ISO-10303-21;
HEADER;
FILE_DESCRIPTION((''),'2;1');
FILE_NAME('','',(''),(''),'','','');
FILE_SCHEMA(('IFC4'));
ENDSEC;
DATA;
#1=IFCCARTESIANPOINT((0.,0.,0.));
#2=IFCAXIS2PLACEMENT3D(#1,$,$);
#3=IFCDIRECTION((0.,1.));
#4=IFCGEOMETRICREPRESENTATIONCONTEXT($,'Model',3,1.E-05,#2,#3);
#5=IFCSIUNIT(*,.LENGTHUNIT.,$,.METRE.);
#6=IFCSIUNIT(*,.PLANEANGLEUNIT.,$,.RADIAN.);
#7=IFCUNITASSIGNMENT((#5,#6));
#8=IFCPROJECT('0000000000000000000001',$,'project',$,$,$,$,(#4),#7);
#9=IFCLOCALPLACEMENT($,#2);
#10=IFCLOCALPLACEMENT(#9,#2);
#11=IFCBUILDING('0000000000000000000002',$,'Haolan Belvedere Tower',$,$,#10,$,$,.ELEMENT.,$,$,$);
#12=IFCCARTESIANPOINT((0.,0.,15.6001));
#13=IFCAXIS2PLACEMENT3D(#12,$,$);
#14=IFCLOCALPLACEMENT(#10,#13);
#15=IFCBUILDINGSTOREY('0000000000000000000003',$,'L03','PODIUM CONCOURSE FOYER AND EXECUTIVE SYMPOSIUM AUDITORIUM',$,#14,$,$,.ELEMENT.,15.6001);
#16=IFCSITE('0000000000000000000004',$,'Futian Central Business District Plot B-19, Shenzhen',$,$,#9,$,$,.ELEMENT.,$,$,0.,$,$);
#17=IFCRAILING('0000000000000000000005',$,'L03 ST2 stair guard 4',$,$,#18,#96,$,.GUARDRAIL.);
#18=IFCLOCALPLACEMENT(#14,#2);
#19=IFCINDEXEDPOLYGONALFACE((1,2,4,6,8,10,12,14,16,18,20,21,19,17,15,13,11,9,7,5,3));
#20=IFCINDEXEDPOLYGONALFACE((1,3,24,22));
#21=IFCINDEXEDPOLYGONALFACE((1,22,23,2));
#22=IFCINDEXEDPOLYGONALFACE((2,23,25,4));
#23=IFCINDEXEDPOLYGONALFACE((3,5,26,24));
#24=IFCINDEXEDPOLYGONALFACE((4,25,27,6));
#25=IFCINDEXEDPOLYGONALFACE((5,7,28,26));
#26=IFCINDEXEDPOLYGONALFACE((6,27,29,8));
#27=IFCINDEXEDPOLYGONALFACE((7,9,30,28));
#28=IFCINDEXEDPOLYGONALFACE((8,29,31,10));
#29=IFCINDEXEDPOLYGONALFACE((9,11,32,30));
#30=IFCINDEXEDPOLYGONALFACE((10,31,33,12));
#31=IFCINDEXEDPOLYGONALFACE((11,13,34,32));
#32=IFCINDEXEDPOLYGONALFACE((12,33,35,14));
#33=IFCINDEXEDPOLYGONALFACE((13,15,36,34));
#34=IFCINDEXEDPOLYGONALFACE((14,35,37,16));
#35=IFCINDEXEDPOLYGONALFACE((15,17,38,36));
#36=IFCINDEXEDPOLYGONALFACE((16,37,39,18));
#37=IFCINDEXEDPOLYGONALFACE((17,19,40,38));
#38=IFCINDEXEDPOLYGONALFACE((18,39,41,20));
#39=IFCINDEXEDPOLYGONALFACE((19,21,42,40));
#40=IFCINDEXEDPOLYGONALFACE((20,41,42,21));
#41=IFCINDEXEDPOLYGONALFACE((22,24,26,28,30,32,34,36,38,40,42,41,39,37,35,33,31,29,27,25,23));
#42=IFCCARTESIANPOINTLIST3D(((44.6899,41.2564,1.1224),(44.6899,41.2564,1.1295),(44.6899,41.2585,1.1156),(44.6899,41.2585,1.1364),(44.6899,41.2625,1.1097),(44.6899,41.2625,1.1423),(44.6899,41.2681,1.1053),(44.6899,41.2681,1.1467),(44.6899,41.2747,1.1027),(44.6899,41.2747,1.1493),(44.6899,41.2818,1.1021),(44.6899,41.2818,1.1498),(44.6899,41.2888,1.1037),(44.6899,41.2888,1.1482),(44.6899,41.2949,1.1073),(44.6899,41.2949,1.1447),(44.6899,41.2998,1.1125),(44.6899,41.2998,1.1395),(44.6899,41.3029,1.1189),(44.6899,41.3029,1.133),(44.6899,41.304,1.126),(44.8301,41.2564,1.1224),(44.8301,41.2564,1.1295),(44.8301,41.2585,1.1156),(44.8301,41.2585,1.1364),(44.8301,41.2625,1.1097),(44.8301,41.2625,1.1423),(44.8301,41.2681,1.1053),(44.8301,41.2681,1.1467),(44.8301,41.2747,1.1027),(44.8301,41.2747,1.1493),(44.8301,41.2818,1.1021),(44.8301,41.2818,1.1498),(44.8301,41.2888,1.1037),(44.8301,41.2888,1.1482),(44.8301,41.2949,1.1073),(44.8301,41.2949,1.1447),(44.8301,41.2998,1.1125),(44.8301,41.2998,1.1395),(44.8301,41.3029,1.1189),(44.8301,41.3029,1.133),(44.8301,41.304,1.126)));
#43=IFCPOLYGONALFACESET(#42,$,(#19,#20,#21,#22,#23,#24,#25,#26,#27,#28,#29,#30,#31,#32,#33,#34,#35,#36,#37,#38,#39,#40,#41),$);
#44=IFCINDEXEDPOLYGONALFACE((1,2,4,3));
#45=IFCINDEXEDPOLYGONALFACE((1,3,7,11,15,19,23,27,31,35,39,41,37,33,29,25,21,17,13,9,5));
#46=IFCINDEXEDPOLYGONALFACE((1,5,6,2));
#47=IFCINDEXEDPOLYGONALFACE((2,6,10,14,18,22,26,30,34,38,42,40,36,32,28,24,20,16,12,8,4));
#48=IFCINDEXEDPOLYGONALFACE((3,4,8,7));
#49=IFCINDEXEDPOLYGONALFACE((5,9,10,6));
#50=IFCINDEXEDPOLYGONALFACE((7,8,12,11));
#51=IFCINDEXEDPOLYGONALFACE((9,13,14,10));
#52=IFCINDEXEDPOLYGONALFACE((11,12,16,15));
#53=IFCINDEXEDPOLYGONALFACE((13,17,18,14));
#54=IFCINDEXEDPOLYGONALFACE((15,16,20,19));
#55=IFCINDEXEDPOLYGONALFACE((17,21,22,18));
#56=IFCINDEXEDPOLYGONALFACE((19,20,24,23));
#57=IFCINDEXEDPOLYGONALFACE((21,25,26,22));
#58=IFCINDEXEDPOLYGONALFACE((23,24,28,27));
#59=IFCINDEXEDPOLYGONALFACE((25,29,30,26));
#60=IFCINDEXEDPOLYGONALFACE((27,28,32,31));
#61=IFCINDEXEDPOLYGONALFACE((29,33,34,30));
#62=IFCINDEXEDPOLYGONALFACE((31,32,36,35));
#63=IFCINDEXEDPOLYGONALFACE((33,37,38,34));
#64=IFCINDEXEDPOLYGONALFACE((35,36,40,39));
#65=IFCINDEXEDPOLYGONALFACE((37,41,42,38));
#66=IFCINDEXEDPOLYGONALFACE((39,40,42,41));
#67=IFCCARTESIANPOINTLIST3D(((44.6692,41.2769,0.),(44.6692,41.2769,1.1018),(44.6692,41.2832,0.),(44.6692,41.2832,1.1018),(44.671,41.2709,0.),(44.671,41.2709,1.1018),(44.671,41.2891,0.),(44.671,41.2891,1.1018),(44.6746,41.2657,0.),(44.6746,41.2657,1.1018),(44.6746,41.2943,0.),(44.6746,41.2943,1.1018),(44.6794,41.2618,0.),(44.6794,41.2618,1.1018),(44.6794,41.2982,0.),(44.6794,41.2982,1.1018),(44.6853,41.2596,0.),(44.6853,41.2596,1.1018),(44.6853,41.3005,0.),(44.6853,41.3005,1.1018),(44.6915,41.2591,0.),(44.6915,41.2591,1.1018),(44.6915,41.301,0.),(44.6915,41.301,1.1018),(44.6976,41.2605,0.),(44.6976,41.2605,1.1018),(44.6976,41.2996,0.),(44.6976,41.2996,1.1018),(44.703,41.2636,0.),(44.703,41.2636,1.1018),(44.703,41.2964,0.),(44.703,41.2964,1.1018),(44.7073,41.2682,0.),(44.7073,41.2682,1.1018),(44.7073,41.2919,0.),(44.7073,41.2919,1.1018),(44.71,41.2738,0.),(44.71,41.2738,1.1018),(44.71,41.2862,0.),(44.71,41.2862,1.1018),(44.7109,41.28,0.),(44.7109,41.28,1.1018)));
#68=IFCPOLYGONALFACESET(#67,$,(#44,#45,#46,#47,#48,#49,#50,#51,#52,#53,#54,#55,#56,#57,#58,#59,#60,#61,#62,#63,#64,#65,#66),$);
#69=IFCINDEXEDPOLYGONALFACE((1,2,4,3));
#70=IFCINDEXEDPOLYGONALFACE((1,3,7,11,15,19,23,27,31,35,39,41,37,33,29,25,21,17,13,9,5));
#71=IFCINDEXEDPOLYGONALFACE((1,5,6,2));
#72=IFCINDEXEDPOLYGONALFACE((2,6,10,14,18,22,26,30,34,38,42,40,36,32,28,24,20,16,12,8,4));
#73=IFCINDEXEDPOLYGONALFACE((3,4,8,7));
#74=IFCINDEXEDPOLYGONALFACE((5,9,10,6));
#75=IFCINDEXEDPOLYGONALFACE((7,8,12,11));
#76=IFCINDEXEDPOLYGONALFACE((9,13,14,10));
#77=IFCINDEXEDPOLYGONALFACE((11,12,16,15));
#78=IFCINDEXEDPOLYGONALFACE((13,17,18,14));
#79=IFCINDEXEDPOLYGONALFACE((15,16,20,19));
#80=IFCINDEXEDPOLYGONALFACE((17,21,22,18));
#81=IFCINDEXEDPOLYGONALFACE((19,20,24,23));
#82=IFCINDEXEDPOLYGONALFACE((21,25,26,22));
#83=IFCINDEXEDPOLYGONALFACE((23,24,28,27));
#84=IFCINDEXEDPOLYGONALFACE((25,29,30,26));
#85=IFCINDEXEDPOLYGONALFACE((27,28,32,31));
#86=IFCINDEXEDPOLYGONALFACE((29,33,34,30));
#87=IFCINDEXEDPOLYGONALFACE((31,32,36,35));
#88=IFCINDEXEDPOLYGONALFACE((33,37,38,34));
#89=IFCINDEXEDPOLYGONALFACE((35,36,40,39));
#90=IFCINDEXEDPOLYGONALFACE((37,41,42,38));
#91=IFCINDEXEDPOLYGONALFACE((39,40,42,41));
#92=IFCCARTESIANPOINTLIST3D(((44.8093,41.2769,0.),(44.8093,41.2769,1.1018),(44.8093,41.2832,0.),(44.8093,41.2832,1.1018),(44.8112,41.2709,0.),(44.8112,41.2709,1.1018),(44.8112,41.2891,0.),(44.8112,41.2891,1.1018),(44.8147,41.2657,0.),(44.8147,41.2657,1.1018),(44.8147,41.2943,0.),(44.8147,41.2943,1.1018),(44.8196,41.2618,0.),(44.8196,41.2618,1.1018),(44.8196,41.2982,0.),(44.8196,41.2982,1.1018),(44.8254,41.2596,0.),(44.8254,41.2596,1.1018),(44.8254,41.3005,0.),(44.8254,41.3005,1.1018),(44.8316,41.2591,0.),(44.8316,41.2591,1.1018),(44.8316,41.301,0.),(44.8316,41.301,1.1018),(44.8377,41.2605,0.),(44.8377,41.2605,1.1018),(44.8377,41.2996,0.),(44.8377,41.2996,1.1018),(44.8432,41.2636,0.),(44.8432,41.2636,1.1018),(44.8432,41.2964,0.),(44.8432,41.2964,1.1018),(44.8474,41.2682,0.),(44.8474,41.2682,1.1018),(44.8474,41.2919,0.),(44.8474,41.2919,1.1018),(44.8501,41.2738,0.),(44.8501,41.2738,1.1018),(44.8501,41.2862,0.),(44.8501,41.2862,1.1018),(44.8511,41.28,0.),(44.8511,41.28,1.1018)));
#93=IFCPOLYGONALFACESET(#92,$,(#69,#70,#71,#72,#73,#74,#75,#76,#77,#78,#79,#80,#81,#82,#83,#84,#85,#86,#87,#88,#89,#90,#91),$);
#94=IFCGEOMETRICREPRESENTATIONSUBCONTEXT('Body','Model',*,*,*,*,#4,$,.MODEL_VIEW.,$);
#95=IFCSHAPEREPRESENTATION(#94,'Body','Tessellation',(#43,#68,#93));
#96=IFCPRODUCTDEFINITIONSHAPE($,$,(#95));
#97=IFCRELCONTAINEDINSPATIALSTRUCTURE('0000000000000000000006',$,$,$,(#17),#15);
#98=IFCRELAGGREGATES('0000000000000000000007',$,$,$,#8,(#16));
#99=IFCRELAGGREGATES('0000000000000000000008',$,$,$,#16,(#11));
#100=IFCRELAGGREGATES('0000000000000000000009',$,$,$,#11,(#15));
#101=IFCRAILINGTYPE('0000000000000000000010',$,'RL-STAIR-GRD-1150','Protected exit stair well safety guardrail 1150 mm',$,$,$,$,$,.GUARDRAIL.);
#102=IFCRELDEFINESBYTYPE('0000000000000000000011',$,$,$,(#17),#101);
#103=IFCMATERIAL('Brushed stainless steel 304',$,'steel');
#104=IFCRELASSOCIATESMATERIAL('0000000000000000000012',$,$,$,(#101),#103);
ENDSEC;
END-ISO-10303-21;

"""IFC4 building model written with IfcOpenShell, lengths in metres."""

from ifc_helpers import new_model, si_unit, direction, frame, origin, origin_2d, place, context, subcontext, project, spatial, circle, extrude, material, type_object, element, save


model = new_model("IFC4")

# Units and contexts
model_context = context("Model", 3, precision=1e-05, world=origin(), true_north=direction((0.0, 1.0)))
body_context = subcontext(model_context, "Body", "Model", "MODEL_VIEW")
ifc_project = project(units=[si_unit("LENGTHUNIT", "METRE"), si_unit("PLANEANGLEUNIT", "RADIAN")], contexts=[model_context])

# Site, building, storey
site_placement = place(None, origin())
site = spatial("IfcSite", under=ifc_project, at=site_placement, Name="Futian Central Business District Plot B-19, Shenzhen", CompositionType="ELEMENT", RefElevation=0.0)
building_placement = place(site_placement, origin())
building = spatial("IfcBuilding", under=site, at=building_placement, Name="Haolan Belvedere Tower", CompositionType="ELEMENT")
storey_placement = place(building_placement, frame((0.0, 0.0, 15.6001)))
storey = spatial("IfcBuildingStorey", under=building, at=storey_placement, Name="L03", Description="PODIUM CONCOURSE FOYER AND EXECUTIVE SYMPOSIUM AUDITORIUM", CompositionType="ELEMENT", Elevation=15.6001)

# Railing
ifc_material_1 = material(Name="Brushed stainless steel 304", Category="steel")
railing_type_1 = type_object("IfcRailingType", Name="RL-STAIR-GRD-1150", Description="Protected exit stair well safety guardrail 1150 mm", PredefinedType="GUARDRAIL", material=ifc_material_1)
railing_1_placement = place(storey_placement, frame((44.6899, 41.28, 0.0)))
element("IfcRailing", 1, at=railing_1_placement, inside=storey, type_object=railing_type_1, Name="L03 ST2 stair guard 4", PredefinedType="GUARDRAIL", context=body_context, shape_type="SweptSolid", body=[
    extrude(circle(Radius=0.0239, at=origin_2d()), frame((0.0, 0.0, 1.126), z_axis=(1.0, 0.0, 0.0), x_axis=(0.0, 1.0, 0.0)), (0.0, 0.0, 1.0), 0.1401),
    extrude(circle(Radius=0.021, at=origin_2d()), origin(), (0.0, 0.0, 1.0), 1.1018),
    extrude(circle(Radius=0.021, at=origin_2d()), frame((0.1401, 0.0, 0.0)), (0.0, 0.0, 1.0), 1.1018),
])

save(model, "model.ifc")
